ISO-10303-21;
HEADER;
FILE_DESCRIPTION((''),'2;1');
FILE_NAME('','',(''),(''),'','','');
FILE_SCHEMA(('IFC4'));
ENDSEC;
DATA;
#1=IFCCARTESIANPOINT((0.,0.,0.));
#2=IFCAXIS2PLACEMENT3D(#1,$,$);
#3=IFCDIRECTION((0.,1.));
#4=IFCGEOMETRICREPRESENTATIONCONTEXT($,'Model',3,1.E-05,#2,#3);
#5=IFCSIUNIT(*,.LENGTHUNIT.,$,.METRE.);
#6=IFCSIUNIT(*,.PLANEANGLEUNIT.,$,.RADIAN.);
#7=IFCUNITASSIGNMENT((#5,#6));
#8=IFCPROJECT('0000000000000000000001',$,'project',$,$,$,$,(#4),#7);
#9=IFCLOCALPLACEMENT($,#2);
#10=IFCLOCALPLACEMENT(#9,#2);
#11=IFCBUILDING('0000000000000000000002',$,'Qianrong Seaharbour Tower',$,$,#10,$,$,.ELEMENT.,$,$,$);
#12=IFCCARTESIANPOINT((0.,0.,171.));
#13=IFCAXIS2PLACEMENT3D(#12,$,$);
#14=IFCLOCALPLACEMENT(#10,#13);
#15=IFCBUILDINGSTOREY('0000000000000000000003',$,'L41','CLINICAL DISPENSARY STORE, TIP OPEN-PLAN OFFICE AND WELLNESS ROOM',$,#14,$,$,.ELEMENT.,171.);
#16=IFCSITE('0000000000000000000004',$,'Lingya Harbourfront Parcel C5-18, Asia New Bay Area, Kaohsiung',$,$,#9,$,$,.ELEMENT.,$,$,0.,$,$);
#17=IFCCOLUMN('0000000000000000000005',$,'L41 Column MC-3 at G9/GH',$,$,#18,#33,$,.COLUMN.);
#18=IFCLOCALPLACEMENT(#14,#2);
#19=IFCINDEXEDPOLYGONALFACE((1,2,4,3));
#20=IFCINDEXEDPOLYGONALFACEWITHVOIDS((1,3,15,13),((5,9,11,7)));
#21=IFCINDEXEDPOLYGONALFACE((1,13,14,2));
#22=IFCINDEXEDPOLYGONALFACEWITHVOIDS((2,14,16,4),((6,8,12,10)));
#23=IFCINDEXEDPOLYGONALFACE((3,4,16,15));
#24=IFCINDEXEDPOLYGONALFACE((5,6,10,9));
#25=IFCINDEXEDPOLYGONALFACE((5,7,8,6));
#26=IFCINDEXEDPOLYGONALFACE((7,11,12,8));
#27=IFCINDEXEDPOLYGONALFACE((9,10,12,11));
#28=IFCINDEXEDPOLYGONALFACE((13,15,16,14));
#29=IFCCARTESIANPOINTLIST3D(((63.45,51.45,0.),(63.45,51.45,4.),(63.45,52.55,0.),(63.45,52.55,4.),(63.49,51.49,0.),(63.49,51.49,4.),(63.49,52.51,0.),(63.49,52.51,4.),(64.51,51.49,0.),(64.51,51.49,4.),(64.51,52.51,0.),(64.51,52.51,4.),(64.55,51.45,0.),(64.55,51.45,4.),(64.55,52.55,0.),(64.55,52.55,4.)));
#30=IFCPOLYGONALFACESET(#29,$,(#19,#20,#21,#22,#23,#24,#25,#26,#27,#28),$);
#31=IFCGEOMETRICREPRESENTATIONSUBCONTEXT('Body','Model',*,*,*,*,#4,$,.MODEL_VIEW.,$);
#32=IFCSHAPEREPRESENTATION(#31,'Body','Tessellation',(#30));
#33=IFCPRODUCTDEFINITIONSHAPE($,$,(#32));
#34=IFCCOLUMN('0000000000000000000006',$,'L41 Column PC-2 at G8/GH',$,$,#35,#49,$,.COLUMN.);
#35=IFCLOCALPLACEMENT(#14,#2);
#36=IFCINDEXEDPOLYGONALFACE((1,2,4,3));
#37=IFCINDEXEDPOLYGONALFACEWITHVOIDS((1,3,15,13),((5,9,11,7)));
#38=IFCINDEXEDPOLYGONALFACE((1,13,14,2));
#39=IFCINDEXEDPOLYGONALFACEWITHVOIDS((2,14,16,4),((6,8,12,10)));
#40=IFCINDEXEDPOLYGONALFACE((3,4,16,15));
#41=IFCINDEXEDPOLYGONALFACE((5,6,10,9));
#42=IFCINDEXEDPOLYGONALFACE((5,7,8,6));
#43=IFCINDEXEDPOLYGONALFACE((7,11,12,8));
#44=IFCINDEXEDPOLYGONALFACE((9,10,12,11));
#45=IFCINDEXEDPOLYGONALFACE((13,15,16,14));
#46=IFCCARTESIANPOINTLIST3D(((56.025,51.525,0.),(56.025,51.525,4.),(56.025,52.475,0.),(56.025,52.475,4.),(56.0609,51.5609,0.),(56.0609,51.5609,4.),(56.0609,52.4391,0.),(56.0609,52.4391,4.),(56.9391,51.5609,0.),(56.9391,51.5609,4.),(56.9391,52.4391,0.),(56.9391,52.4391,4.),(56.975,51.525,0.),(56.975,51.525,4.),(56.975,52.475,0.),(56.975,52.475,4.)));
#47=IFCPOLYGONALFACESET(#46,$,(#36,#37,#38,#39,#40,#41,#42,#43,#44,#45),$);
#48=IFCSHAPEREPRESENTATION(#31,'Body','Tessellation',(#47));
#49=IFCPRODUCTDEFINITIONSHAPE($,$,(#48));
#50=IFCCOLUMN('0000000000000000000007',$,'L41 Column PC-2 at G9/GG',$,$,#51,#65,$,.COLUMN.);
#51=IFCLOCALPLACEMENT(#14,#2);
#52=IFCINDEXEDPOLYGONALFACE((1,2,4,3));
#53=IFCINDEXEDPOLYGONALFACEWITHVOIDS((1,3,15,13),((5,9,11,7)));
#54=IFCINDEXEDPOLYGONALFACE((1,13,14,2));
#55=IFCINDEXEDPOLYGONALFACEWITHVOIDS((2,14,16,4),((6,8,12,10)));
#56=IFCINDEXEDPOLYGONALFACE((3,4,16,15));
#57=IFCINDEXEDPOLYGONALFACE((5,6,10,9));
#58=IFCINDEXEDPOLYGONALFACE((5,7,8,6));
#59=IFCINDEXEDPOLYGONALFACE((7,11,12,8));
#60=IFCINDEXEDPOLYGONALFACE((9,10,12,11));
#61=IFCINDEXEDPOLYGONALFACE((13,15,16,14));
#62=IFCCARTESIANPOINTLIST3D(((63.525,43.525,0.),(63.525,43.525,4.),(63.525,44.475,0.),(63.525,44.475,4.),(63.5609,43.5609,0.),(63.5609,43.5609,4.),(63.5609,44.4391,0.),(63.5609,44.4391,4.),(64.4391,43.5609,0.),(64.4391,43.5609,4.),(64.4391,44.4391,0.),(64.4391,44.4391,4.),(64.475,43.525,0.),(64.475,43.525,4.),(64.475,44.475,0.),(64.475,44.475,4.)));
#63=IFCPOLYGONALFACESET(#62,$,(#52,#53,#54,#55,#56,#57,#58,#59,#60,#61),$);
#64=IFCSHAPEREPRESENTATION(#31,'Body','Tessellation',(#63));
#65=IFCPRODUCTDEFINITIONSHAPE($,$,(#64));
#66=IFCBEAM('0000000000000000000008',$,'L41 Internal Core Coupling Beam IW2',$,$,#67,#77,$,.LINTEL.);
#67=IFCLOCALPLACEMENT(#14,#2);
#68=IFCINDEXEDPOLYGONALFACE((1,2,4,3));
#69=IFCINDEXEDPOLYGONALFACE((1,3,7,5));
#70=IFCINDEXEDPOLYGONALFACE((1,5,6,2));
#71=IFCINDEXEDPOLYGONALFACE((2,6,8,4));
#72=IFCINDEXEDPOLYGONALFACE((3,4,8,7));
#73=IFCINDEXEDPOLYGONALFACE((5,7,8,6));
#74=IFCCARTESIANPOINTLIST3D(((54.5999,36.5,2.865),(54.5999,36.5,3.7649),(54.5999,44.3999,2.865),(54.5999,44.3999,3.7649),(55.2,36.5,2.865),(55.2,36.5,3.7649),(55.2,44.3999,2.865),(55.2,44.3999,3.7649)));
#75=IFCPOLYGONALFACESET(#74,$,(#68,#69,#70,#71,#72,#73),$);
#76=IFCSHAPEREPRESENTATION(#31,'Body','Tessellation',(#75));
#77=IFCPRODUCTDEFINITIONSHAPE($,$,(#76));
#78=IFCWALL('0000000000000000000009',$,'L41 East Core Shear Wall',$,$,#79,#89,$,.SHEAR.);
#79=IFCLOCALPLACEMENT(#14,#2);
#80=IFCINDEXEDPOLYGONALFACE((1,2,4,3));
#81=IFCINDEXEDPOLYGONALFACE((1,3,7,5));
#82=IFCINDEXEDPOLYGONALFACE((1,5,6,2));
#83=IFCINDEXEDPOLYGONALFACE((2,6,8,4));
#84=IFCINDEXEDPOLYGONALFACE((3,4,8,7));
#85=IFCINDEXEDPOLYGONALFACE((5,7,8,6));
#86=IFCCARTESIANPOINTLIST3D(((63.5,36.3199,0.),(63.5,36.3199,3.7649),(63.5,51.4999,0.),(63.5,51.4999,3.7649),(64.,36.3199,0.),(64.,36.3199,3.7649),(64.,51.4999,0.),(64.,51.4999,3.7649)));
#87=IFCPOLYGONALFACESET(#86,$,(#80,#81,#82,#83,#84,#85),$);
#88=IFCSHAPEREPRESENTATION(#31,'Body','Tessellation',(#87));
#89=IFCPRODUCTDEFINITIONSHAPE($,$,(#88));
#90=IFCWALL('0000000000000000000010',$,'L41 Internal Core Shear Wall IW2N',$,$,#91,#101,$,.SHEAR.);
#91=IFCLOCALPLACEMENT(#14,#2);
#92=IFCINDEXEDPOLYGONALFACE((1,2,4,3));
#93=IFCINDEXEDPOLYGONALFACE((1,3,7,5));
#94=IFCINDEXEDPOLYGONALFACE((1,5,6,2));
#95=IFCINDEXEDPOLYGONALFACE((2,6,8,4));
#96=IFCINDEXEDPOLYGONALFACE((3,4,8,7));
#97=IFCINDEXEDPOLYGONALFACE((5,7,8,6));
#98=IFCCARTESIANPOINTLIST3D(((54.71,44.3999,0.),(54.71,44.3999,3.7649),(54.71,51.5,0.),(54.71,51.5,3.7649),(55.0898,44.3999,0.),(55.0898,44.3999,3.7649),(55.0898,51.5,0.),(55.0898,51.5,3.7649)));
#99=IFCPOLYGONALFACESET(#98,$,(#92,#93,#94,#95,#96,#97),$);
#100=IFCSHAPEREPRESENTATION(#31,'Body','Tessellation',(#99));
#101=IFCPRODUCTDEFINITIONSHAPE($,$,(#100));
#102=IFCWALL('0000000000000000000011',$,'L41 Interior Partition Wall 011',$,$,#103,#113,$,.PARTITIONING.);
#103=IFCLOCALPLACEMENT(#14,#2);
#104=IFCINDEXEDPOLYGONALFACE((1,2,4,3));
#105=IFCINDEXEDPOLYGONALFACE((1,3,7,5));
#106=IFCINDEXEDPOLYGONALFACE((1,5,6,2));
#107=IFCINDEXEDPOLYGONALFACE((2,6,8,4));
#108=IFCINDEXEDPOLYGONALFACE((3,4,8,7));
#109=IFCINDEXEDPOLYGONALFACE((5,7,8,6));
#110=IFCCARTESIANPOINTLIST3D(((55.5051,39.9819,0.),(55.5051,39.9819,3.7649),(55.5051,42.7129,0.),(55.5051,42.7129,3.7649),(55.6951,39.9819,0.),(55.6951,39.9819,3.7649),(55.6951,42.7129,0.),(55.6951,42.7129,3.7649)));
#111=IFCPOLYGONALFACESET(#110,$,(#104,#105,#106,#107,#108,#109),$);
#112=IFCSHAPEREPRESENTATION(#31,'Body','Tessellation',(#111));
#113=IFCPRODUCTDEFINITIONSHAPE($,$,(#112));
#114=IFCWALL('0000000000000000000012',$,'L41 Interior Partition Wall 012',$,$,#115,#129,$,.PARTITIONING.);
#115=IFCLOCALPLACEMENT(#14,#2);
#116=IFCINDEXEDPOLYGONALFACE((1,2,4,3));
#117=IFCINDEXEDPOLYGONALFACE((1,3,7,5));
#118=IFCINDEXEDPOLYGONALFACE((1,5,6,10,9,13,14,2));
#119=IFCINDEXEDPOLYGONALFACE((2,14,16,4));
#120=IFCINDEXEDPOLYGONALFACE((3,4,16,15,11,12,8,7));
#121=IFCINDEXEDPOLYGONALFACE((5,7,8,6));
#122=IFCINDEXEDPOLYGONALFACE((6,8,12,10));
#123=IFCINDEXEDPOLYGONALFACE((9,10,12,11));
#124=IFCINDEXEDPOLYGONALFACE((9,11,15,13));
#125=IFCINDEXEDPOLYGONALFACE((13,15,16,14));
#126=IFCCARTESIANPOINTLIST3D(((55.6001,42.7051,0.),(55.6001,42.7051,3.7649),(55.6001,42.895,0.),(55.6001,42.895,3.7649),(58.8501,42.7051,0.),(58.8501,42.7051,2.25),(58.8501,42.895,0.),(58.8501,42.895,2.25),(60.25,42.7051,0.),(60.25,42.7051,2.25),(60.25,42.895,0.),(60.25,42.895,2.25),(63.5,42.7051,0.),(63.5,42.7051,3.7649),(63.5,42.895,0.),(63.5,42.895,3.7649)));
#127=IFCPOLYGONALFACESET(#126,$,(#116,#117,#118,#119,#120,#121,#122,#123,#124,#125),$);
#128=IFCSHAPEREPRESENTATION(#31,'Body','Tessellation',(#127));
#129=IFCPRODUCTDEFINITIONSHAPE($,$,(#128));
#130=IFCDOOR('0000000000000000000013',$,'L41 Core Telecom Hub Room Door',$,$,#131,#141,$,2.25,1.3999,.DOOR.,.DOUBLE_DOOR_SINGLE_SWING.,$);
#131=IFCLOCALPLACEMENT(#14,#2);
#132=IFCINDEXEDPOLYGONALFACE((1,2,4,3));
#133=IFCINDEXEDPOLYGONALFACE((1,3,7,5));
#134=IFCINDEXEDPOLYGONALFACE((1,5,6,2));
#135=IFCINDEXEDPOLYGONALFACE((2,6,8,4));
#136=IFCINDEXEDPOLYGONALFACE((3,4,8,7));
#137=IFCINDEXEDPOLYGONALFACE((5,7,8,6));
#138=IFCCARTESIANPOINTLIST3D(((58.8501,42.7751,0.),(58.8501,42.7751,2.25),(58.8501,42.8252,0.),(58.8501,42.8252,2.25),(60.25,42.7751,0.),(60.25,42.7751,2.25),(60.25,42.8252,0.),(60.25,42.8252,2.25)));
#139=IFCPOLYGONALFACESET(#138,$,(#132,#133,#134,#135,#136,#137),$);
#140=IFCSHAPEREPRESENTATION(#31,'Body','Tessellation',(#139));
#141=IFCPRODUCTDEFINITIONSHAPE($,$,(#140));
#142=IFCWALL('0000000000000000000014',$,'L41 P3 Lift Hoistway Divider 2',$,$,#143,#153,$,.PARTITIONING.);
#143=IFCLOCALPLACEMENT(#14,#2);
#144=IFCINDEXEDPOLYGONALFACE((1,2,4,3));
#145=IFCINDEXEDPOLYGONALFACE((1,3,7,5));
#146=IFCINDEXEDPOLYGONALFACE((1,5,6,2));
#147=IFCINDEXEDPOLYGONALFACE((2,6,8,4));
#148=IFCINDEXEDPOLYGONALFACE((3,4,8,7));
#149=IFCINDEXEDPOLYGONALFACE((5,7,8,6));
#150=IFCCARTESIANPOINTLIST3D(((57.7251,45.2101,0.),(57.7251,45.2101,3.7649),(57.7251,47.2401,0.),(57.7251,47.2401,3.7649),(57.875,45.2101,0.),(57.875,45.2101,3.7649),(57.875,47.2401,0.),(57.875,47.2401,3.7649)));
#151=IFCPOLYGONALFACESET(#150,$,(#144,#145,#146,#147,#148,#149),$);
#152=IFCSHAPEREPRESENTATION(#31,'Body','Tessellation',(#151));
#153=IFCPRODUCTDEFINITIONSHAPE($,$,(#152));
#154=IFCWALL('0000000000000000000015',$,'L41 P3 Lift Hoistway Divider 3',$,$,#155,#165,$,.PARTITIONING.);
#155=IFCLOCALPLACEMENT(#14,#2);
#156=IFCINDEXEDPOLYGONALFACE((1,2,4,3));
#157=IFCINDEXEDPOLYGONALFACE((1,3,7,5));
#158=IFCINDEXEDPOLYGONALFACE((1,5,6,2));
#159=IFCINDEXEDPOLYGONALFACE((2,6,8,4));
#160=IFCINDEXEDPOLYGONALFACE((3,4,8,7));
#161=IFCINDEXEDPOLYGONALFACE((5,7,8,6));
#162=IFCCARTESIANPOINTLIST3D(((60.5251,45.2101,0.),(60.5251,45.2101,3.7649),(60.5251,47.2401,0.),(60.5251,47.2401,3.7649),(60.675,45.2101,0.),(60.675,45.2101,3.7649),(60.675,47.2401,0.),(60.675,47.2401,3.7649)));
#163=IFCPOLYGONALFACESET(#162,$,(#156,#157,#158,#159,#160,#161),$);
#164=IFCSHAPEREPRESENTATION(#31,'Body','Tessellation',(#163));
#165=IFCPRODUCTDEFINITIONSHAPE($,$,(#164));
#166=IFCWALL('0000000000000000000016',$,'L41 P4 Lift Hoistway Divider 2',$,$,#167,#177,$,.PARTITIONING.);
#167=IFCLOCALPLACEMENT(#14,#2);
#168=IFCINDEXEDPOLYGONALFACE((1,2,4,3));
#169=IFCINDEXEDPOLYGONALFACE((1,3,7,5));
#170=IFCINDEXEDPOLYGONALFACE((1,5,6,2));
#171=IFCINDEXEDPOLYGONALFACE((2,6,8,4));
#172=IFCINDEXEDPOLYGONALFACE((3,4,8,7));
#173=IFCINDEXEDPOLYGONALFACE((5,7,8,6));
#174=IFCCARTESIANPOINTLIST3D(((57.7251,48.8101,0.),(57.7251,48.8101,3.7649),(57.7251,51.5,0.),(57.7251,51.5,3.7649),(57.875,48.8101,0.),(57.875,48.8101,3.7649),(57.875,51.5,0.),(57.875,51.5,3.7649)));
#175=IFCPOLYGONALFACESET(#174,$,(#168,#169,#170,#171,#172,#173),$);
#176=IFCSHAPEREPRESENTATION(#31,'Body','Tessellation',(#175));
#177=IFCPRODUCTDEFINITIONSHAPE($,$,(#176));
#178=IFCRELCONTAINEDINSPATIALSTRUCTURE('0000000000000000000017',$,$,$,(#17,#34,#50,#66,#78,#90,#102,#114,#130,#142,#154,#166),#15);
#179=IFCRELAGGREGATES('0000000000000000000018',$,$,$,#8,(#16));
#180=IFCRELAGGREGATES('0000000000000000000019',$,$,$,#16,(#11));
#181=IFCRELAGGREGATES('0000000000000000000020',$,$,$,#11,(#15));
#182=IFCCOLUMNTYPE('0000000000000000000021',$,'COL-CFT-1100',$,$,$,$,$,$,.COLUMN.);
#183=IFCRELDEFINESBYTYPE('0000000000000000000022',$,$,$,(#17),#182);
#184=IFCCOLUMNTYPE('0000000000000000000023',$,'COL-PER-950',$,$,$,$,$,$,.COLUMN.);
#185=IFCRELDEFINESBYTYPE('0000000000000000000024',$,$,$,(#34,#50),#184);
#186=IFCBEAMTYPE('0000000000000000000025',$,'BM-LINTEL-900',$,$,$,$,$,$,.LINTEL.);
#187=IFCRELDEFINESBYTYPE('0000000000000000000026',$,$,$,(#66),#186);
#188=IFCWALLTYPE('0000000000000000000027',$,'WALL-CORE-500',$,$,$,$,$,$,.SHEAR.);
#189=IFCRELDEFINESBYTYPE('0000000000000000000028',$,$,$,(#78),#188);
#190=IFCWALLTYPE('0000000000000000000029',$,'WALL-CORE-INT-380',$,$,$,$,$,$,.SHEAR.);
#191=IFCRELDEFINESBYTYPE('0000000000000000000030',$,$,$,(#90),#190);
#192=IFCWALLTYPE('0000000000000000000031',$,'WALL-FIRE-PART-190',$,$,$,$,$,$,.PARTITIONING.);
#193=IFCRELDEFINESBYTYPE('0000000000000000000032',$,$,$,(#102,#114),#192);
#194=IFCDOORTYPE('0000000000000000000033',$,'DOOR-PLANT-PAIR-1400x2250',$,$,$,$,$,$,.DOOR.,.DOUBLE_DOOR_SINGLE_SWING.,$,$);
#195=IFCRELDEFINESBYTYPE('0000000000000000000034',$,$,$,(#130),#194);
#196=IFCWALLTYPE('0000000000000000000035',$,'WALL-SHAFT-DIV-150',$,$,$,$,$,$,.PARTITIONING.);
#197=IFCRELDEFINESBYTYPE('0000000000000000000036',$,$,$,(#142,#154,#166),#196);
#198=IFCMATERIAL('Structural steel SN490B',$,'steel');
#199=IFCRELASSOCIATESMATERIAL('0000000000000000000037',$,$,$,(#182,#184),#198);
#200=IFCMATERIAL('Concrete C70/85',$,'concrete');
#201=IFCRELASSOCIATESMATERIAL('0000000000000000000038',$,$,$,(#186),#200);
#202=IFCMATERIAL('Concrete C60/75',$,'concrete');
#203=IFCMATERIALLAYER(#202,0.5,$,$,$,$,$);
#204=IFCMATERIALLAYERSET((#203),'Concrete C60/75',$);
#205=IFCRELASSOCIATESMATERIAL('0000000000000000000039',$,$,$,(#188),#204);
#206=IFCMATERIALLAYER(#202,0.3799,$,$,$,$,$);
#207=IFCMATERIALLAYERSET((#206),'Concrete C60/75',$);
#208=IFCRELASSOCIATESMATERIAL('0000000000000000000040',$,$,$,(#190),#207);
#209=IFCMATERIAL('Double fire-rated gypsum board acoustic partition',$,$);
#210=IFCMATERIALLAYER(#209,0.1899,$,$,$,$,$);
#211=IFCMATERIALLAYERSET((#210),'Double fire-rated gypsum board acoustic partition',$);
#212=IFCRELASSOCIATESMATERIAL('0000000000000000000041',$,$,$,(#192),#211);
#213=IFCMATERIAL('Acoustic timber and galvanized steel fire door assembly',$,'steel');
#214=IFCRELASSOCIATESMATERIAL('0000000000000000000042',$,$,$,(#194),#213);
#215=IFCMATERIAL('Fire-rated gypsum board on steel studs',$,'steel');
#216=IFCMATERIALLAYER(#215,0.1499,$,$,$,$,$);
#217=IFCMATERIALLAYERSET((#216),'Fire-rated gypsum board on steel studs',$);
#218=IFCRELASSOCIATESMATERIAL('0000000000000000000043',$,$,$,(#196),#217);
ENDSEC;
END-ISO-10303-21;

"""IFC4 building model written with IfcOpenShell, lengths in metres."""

from ifc_helpers import new_model, si_unit, direction, frame, frame_2d, origin, origin_2d, place, context, subcontext, project, spatial, rectangle, hollow_rectangle, extrude, material, layer, layer_set, material_profile, profile_set, type_object, element, fill, save


model = new_model("IFC4")

# Units and contexts
model_context = context("Model", 3, precision=1e-05, world=origin(), true_north=direction((0.0, 1.0)))
body_context = subcontext(model_context, "Body", "Model", "MODEL_VIEW")
ifc_project = project(units=[si_unit("LENGTHUNIT", "METRE"), si_unit("PLANEANGLEUNIT", "RADIAN")], contexts=[model_context])

# Site, building, storey
site_placement = place(None, origin())
site = spatial("IfcSite", under=ifc_project, at=site_placement, Name="Lingya Harbourfront Parcel C5-18, Asia New Bay Area, Kaohsiung", CompositionType="ELEMENT", RefElevation=0.0)
building_placement = place(site_placement, origin())
building = spatial("IfcBuilding", under=site, at=building_placement, Name="Qianrong Seaharbour Tower", CompositionType="ELEMENT")
storey_placement = place(building_placement, frame((0.0, 0.0, 171.0)))
storey = spatial("IfcBuildingStorey", under=building, at=storey_placement, Name="L41", Description="CLINICAL DISPENSARY STORE, TIP OPEN-PLAN OFFICE AND WELLNESS ROOM", CompositionType="ELEMENT", Elevation=171.0)

# Columns
ifc_material_1 = material(Name="Structural steel SN490B", Category="steel")
ifc_material_profile_1 = material_profile(ifc_material_1, hollow_rectangle(XDim=1.1001, YDim=1.1001, WallThickness=0.04, at=origin_2d()), Name="BOX1100x1100x40")
ifc_profile_set_1 = profile_set([ifc_material_profile_1], Name="Structural steel SN490B")
column_type_1 = type_object("IfcColumnType", Name="COL-CFT-1100", PredefinedType="COLUMN", material=ifc_profile_set_1)
column_placement = place(storey_placement, frame((64.0, 52.0, 0.0), z_axis=(0.0, 0.0, 1.0), x_axis=(1.0, 0.0, 0.0)))
element("IfcColumn", 1, at=column_placement, inside=storey, type_object=column_type_1, Name="L41 Column MC-3 at G9/GH", PredefinedType="COLUMN", context=body_context, shape_type="SweptSolid", body=[
    extrude(hollow_rectangle(XDim=1.1001, YDim=1.1001, WallThickness=0.04, at=origin_2d()), origin(), (0.0, 0.0, 1.0), 4.0),
])
ifc_material_profile_2 = material_profile(ifc_material_1, hollow_rectangle(XDim=0.95, YDim=0.95, WallThickness=0.0359, at=origin_2d()), Name="BOX950x950x36")
ifc_profile_set_2 = profile_set([ifc_material_profile_2], Name="Structural steel SN490B")
column_type_2 = type_object("IfcColumnType", Name="COL-PER-950", PredefinedType="COLUMN", material=ifc_profile_set_2)
for number, where, z_axis, x_axis, name in (
    (2, (56.5, 52.0, 0.0), (0.0, 0.0, 1.0), (1.0, 0.0, 0.0), "L41 Column PC-2 at G8/GH"),
    (3, (64.0, 44.0, 0.0), (0.0, 0.0, 1.0), (1.0, 0.0, 0.0), "L41 Column PC-2 at G9/GG"),
):
    element("IfcColumn", number, at=place(storey_placement, frame(where, z_axis=z_axis, x_axis=x_axis)), inside=storey, type_object=column_type_2, Name=name, PredefinedType="COLUMN", context=body_context, shape_type="SweptSolid", body=[
        extrude(hollow_rectangle(XDim=0.95, YDim=0.95, WallThickness=0.0359, at=origin_2d()), origin(), (0.0, 0.0, 1.0), 4.0),
    ])

# Beam
ifc_material_2 = material(Name="Concrete C70/85", Category="concrete")
ifc_material_profile_3 = material_profile(ifc_material_2, rectangle(XDim=0.6001, YDim=0.8999, at=origin_2d()), Name="RC600x900")
ifc_profile_set_3 = profile_set([ifc_material_profile_3], Name="Concrete C70/85")
beam_type = type_object("IfcBeamType", Name="BM-LINTEL-900", PredefinedType="LINTEL", material=ifc_profile_set_3)
beam_placement = place(storey_placement, frame((54.8999, 36.5, 3.3149), z_axis=(0.0, 1.0, 0.0), x_axis=(-1.0, 0.0, 0.0)))
element("IfcBeam", 4, at=beam_placement, inside=storey, type_object=beam_type, Name="L41 Internal Core Coupling Beam IW2", PredefinedType="LINTEL", context=body_context, shape_type="SweptSolid", body=[
    extrude(rectangle(XDim=0.6001, YDim=0.8999, at=origin_2d()), origin(), (0.0, 0.0, 1.0), 7.8999),
])

# Walls
ifc_material_3 = material(Name="Concrete C60/75", Category="concrete")
ifc_layer_1 = layer(ifc_material_3, 0.5)
ifc_layer_set_1 = layer_set([ifc_layer_1], Name="Concrete C60/75")
wall_type_1 = type_object("IfcWallType", Name="WALL-CORE-500", PredefinedType="SHEAR", material=ifc_layer_set_1)
wall_1_placement = place(storey_placement, frame((63.75, 36.3201, 0.0), z_axis=(0.0, 0.0, 1.0), x_axis=(0.0, 1.0, 0.0)))
element("IfcWall", 5, at=wall_1_placement, inside=storey, type_object=wall_type_1, Name="L41 East Core Shear Wall", PredefinedType="SHEAR", context=body_context, shape_type="SweptSolid", body=[
    extrude(rectangle(XDim=15.1799, YDim=0.5, at=frame_2d((7.5898, 0.0))), origin(), (0.0, 0.0, 1.0), 3.7649),
])
ifc_layer_2 = layer(ifc_material_3, 0.3799)
ifc_layer_set_2 = layer_set([ifc_layer_2], Name="Concrete C60/75")
wall_type_2 = type_object("IfcWallType", Name="WALL-CORE-INT-380", PredefinedType="SHEAR", material=ifc_layer_set_2)
wall_2_placement = place(storey_placement, frame((54.8999, 44.3999, 0.0), z_axis=(0.0, 0.0, 1.0), x_axis=(0.0, 1.0, 0.0)))
element("IfcWall", 6, at=wall_2_placement, inside=storey, type_object=wall_type_2, Name="L41 Internal Core Shear Wall IW2N", PredefinedType="SHEAR", context=body_context, shape_type="SweptSolid", body=[
    extrude(rectangle(XDim=7.1001, YDim=0.3799, at=frame_2d((3.55, 0.0))), origin(), (0.0, 0.0, 1.0), 3.7649),
])

# Shared definitions
ifc_material_4 = material(Name="Double fire-rated gypsum board acoustic partition")
ifc_layer_3 = layer(ifc_material_4, 0.1899)
ifc_layer_set_3 = layer_set([ifc_layer_3], Name="Double fire-rated gypsum board acoustic partition")
wall_type_3 = type_object("IfcWallType", Name="WALL-FIRE-PART-190", PredefinedType="PARTITIONING", material=ifc_layer_set_3)
ifc_material_5 = material(Name="Acoustic timber and galvanized steel fire door assembly", Category="steel")

# Wall
wall_3_placement = place(storey_placement, frame((55.6001, 42.7129, 0.0), z_axis=(0.0, 0.0, 1.0), x_axis=(0.0, -1.0, 0.0)))
element("IfcWall", 7, at=wall_3_placement, inside=storey, type_object=wall_type_3, Name="L41 Interior Partition Wall 011", PredefinedType="PARTITIONING", context=body_context, shape_type="SweptSolid", body=[
    extrude(rectangle(XDim=2.731, YDim=0.1899, at=frame_2d((1.3655, 0.0))), origin(), (0.0, 0.0, 1.0), 3.7649),
])

# Wall, opening, door
wall_4_placement = place(storey_placement, frame((63.5, 42.8, 0.0), z_axis=(0.0, 0.0, 1.0), x_axis=(-1.0, 0.0, 0.0)))
wall_4 = element("IfcWall", 8, at=wall_4_placement, inside=storey, type_object=wall_type_3, Name="L41 Interior Partition Wall 012", PredefinedType="PARTITIONING", context=body_context, shape_type="SweptSolid", body=[
    extrude(rectangle(XDim=7.8999, YDim=0.1899, at=frame_2d((3.95, 0.0))), origin(), (0.0, 0.0, 1.0), 3.7649),
])
opening_1_placement = place(wall_4_placement, frame((3.25, 0.0, 0.0)))
opening_1 = element("IfcOpeningElement", 9, at=opening_1_placement, cuts=wall_4, PredefinedType="OPENING", context=body_context, shape_type="SweptSolid", body=[
    extrude(rectangle(XDim=1.3999, YDim=2.25, at=frame_2d((0.7, 1.125))), frame((0.0, 0.105, 0.0), z_axis=(0.0, -1.0, 0.0), x_axis=(1.0, 0.0, 0.0)), (0.0, 0.0, 1.0), 0.21),
])
door_type_1 = type_object("IfcDoorType", Name="DOOR-PLANT-PAIR-1400x2250", OperationType="DOUBLE_DOOR_SINGLE_SWING", PredefinedType="DOOR", material=ifc_material_5)
door_1_placement = place(opening_1_placement, origin())
door_1 = element("IfcDoor", 10, at=door_1_placement, inside=storey, type_object=door_type_1, Name="L41 Core Telecom Hub Room Door", OperationType="DOUBLE_DOOR_SINGLE_SWING", OverallHeight=2.25, OverallWidth=1.3999, PredefinedType="DOOR", context=body_context, shape_type="SweptSolid", body=[
    extrude(rectangle(XDim=1.3999, YDim=2.25, at=frame_2d((0.7, 1.125))), frame((0.0, 0.0249, 0.0), z_axis=(0.0, -1.0, 0.0), x_axis=(1.0, 0.0, 0.0)), (0.0, 0.0, 1.0), 0.05),
])
fill(opening_1, door_1)

# Walls
ifc_material_6 = material(Name="Fire-rated gypsum board on steel studs", Category="steel")
ifc_layer_4 = layer(ifc_material_6, 0.1499)
ifc_layer_set_4 = layer_set([ifc_layer_4], Name="Fire-rated gypsum board on steel studs")
wall_type_4 = type_object("IfcWallType", Name="WALL-SHAFT-DIV-150", PredefinedType="PARTITIONING", material=ifc_layer_set_4)
for number, where, z_axis, x_axis, name in (
    (11, (57.8, 45.21, 0.0), (0.0, 0.0, 1.0), (0.0, 1.0, 0.0), "L41 P3 Lift Hoistway Divider 2"),
    (12, (60.6001, 45.21, 0.0), (0.0, 0.0, 1.0), (0.0, 1.0, 0.0), "L41 P3 Lift Hoistway Divider 3"),
):
    element("IfcWall", number, at=place(storey_placement, frame(where, z_axis=z_axis, x_axis=x_axis)), inside=storey, type_object=wall_type_4, Name=name, PredefinedType="PARTITIONING", context=body_context, shape_type="SweptSolid", body=[
        extrude(rectangle(XDim=2.03, YDim=0.1499, at=frame_2d((1.0151, 0.0))), origin(), (0.0, 0.0, 1.0), 3.7649),
    ])
for number, where, z_axis, x_axis, name in (
    (13, (57.8, 48.8101, 0.0), (0.0, 0.0, 1.0), (0.0, 1.0, 0.0), "L41 P4 Lift Hoistway Divider 2"),
):
    element("IfcWall", number, at=place(storey_placement, frame(where, z_axis=z_axis, x_axis=x_axis)), inside=storey, type_object=wall_type_4, Name=name, PredefinedType="PARTITIONING", context=body_context, shape_type="SweptSolid", body=[
        extrude(rectangle(XDim=2.6899, YDim=0.1499, at=frame_2d((1.345, 0.0))), origin(), (0.0, 0.0, 1.0), 3.7649),
    ])

save(model, "model.ifc")
